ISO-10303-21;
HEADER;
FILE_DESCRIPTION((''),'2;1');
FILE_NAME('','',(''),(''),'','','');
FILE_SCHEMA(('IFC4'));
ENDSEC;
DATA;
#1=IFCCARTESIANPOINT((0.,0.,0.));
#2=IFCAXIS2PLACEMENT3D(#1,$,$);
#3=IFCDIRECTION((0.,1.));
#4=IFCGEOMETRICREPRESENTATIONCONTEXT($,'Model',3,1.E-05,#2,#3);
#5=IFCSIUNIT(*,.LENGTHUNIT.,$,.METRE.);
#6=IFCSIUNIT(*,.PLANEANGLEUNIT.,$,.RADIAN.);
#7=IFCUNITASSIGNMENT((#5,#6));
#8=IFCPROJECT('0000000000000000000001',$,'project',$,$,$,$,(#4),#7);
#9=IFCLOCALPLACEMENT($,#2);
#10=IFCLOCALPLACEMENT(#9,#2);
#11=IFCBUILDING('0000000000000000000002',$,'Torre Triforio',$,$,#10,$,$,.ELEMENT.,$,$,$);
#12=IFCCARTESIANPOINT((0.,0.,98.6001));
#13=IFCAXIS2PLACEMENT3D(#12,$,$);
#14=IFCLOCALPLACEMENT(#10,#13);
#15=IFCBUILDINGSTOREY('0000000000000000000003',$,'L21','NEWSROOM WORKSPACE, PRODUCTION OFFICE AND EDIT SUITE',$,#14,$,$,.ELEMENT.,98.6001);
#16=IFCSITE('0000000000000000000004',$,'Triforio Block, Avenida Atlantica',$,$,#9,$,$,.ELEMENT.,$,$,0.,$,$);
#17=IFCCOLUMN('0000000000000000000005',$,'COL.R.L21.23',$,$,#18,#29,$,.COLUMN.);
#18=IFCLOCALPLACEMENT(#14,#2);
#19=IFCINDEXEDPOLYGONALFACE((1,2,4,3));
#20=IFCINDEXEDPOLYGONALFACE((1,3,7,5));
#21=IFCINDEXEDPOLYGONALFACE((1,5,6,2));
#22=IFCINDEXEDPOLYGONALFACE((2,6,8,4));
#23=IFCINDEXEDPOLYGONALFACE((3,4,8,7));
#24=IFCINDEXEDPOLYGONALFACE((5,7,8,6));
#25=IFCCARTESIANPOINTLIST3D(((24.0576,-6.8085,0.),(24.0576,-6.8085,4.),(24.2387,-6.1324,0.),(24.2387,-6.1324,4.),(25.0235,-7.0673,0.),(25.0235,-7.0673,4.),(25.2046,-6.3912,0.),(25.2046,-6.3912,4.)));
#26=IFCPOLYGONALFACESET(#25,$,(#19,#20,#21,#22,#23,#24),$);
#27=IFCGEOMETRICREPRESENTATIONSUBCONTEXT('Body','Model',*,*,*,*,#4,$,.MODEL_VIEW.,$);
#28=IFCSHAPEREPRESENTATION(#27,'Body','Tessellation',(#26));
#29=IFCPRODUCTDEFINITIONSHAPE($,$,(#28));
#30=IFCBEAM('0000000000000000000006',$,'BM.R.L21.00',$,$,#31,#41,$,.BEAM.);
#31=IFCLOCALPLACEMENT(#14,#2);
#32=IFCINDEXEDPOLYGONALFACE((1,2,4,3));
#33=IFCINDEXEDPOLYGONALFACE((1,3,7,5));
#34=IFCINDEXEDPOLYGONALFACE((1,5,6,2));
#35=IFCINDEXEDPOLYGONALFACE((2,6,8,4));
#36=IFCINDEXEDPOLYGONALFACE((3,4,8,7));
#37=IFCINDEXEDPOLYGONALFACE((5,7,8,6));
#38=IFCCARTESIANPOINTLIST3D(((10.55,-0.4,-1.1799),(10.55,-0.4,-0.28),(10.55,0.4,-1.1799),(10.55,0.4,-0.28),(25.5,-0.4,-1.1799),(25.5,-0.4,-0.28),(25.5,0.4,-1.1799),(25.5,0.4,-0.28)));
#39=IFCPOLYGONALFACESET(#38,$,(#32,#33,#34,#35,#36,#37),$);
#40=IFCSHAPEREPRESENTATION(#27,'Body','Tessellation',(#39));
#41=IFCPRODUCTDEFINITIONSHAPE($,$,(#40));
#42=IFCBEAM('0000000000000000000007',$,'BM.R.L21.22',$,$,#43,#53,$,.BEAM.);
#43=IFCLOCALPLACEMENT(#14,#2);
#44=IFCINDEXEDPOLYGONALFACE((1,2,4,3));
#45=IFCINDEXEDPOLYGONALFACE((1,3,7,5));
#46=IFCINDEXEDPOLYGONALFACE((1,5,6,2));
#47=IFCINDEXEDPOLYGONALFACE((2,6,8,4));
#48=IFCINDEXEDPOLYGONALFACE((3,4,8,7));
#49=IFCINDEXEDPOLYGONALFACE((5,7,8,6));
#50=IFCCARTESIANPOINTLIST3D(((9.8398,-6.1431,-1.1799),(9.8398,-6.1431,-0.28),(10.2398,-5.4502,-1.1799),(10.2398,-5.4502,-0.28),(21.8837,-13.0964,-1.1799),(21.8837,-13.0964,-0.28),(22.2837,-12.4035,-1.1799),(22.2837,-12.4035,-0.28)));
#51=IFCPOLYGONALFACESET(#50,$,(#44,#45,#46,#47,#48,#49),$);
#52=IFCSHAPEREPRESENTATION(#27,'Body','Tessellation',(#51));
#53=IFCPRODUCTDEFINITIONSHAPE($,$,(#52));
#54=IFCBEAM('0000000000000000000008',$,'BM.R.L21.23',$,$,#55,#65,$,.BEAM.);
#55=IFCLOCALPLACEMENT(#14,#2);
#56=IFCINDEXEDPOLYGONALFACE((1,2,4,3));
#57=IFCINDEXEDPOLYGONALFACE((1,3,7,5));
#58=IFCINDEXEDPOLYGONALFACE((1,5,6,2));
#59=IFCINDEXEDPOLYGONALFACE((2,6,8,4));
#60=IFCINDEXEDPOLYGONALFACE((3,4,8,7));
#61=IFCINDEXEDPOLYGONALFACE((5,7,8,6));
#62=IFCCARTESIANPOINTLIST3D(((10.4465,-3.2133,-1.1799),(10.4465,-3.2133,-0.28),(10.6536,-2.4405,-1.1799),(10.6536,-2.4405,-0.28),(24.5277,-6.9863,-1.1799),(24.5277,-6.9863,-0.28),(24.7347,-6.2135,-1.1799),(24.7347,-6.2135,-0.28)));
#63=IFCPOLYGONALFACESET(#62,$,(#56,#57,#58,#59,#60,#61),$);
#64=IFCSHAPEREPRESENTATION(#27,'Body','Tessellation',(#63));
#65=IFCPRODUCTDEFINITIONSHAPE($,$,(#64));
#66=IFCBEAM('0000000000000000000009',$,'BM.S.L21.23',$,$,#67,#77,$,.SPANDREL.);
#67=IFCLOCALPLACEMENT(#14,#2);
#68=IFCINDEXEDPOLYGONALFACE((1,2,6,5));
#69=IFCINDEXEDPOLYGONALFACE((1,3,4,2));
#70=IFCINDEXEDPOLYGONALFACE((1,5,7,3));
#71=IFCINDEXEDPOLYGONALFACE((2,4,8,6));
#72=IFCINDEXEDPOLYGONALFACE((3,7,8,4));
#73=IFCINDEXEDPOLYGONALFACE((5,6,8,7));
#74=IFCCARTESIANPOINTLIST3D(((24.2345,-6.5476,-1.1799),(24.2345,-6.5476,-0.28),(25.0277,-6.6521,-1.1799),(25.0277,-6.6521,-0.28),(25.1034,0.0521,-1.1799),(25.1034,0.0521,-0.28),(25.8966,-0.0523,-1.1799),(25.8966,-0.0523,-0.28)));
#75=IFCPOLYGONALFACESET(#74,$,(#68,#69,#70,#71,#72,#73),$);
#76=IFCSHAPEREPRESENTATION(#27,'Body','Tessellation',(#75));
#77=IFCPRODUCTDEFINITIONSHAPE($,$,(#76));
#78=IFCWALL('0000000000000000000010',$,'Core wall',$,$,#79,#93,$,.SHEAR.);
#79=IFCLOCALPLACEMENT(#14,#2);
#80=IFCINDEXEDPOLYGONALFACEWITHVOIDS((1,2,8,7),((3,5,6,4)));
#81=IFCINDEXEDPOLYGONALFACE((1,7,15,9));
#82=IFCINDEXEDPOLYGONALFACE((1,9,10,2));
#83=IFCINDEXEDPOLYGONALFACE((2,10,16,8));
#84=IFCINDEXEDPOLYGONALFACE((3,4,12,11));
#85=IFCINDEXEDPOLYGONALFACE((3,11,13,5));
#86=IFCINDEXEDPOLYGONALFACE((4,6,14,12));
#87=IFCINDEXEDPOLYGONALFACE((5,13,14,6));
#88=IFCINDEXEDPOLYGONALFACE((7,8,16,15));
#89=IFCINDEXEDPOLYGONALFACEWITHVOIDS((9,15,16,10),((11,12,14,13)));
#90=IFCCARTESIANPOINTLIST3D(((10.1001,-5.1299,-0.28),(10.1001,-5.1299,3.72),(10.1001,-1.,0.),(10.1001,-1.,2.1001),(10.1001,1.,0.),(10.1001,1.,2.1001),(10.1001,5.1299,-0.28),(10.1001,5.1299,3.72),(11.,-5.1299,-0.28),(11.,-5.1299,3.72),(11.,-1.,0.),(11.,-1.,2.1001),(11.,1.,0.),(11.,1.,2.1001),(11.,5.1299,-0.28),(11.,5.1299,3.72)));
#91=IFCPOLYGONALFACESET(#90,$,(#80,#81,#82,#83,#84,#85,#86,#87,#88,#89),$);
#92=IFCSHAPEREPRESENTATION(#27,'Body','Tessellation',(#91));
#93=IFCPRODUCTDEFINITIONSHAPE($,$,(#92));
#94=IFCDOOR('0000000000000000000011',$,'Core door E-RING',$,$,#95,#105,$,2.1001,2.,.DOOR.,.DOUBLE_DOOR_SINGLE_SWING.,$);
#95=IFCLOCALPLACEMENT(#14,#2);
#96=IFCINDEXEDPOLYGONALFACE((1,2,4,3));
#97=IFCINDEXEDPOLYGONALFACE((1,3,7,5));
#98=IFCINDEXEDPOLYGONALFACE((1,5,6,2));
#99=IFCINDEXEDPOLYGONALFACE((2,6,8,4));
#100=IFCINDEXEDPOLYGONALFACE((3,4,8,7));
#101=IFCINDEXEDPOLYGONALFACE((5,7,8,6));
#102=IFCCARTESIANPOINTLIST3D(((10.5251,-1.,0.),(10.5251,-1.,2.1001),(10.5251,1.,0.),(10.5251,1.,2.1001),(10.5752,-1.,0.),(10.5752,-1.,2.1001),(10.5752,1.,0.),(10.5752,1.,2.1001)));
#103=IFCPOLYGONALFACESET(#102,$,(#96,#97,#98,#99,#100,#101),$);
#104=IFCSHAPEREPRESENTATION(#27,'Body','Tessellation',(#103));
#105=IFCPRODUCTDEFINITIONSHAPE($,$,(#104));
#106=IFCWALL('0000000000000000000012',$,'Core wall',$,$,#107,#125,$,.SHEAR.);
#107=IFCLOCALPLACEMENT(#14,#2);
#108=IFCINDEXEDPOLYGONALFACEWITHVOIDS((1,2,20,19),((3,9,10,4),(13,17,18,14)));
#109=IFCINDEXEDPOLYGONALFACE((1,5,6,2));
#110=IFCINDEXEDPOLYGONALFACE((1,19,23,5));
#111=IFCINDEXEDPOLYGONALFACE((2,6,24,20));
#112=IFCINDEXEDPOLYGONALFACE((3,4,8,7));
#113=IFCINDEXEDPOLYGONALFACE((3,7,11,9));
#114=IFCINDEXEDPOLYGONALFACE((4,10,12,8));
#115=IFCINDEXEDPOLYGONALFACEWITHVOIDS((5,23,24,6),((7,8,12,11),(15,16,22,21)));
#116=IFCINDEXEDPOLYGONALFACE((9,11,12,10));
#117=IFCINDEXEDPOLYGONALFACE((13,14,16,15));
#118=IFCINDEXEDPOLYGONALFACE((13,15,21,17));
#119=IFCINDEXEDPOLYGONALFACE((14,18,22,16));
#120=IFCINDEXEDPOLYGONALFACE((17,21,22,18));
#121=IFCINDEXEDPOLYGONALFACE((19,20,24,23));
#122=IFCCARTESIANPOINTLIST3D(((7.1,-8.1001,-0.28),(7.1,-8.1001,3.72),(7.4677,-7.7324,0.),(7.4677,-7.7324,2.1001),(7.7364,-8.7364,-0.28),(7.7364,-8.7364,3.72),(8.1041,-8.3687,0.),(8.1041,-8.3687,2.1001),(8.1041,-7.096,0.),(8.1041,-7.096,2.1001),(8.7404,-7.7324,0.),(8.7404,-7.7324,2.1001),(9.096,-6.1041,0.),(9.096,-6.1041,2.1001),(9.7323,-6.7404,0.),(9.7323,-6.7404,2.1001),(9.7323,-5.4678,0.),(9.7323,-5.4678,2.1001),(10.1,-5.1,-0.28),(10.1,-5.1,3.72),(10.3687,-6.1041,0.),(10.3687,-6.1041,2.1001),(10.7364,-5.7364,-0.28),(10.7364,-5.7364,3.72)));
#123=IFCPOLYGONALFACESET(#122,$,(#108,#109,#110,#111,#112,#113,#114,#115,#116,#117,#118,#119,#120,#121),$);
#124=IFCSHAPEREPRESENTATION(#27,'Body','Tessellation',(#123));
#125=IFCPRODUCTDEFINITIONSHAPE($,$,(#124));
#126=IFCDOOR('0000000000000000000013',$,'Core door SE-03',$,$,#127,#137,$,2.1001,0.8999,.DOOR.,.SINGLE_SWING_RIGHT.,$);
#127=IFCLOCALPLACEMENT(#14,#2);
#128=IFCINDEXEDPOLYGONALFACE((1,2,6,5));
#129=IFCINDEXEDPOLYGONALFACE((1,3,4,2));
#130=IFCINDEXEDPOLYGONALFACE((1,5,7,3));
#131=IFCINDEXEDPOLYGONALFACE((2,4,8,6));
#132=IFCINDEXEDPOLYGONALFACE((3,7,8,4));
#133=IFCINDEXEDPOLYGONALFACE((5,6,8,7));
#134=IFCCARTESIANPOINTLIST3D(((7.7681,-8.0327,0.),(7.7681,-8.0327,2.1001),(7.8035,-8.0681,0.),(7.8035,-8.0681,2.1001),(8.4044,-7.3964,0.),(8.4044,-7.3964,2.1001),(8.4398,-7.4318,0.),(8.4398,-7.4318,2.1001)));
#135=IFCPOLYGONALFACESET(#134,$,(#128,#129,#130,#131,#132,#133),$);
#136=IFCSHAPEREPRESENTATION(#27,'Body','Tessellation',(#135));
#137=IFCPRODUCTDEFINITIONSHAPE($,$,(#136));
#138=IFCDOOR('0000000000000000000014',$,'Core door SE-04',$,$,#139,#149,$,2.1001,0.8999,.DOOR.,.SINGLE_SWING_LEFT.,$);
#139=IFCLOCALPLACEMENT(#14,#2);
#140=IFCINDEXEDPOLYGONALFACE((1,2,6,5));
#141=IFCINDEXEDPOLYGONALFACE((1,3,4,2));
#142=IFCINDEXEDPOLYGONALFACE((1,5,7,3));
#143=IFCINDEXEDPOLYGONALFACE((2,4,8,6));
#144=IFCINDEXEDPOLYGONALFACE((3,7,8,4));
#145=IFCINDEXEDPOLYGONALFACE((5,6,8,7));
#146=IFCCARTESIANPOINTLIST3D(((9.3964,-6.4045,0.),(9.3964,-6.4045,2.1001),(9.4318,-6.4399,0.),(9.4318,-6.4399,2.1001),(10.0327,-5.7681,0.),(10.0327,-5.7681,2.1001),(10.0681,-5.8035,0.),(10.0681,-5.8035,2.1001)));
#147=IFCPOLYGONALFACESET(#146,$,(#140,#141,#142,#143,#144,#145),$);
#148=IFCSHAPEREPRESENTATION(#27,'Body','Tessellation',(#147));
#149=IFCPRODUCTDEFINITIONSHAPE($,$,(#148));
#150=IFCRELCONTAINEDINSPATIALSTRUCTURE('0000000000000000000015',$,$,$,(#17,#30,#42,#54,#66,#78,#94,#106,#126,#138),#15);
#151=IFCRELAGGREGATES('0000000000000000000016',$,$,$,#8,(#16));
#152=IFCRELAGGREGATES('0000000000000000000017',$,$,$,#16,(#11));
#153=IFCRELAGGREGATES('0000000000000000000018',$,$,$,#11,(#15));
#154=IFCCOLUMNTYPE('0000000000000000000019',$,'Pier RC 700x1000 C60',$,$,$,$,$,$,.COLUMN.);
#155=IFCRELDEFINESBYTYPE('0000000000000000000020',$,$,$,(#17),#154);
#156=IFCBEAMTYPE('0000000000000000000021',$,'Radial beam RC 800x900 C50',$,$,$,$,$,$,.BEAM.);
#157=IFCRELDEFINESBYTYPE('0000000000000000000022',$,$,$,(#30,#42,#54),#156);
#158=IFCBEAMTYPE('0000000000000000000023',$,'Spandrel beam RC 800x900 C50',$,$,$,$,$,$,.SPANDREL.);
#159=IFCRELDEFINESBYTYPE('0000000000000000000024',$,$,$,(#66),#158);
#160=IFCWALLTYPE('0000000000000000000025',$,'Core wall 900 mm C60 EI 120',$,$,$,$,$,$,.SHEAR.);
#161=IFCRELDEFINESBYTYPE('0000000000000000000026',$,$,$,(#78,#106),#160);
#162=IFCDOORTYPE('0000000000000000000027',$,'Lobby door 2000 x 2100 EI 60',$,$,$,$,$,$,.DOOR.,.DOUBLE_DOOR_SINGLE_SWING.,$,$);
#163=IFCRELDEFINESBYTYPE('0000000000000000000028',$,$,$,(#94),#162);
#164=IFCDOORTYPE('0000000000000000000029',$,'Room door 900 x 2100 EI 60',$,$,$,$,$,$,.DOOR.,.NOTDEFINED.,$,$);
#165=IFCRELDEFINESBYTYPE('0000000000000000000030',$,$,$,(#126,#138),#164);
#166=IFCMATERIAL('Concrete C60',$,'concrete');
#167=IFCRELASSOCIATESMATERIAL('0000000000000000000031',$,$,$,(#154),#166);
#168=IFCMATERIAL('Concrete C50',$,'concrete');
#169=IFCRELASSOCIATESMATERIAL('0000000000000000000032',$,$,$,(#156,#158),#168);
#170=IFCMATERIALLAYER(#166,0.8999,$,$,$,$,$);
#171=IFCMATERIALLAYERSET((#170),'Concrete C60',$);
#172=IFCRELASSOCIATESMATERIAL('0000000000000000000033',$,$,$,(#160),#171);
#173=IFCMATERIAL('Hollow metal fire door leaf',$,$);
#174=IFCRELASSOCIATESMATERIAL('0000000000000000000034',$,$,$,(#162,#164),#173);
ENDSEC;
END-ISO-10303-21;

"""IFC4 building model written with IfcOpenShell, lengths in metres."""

from ifc_helpers import new_model, si_unit, direction, frame, frame_2d, origin, origin_2d, place, context, subcontext, project, spatial, rectangle, extrude, material, layer, layer_set, material_profile, profile_set, type_object, element, fill, save


model = new_model("IFC4")

# Units and contexts
model_context = context("Model", 3, precision=1e-05, world=origin(), true_north=direction((0.0, 1.0)))
body_context = subcontext(model_context, "Body", "Model", "MODEL_VIEW")
ifc_project = project(units=[si_unit("LENGTHUNIT", "METRE"), si_unit("PLANEANGLEUNIT", "RADIAN")], contexts=[model_context])

# Site, building, storey
site_placement = place(None, origin())
site = spatial("IfcSite", under=ifc_project, at=site_placement, Name="Triforio Block, Avenida Atlantica", CompositionType="ELEMENT", RefElevation=0.0)
building_placement = place(site_placement, origin())
building = spatial("IfcBuilding", under=site, at=building_placement, Name="Torre Triforio", CompositionType="ELEMENT")
storey_placement = place(building_placement, frame((0.0, 0.0, 98.6001)))
storey = spatial("IfcBuildingStorey", under=building, at=storey_placement, Name="L21", Description="NEWSROOM WORKSPACE, PRODUCTION OFFICE AND EDIT SUITE", CompositionType="ELEMENT", Elevation=98.6001)

# Column
ifc_material_1 = material(Name="Concrete C60", Category="concrete")
ifc_material_profile_1 = material_profile(ifc_material_1, rectangle(XDim=0.7, YDim=1.0, at=origin_2d()), Name="RC 700x1000")
ifc_profile_set_1 = profile_set([ifc_material_profile_1], Name="Concrete C60")
column_type = type_object("IfcColumnType", Name="Pier RC 700x1000 C60", PredefinedType="COLUMN", material=ifc_profile_set_1)
column_placement = place(storey_placement, frame((24.6311, -6.5999, 0.0), z_axis=(0.0, 0.0, 1.0), x_axis=(0.258819, 0.965926, 0.0)))
element("IfcColumn", 1, at=column_placement, inside=storey, type_object=column_type, Name="COL.R.L21.23", PredefinedType="COLUMN", context=body_context, shape_type="SweptSolid", body=[
    extrude(rectangle(XDim=0.7, YDim=1.0, at=origin_2d()), origin(), (0.0, 0.0, 1.0), 4.0),
])

# Beams
ifc_material_2 = material(Name="Concrete C50", Category="concrete")
ifc_material_profile_2 = material_profile(ifc_material_2, rectangle(XDim=0.8, YDim=0.8999, at=origin_2d()), Name="RC 800x900")
ifc_profile_set_2 = profile_set([ifc_material_profile_2], Name="Concrete C50")
beam_type_1 = type_object("IfcBeamType", Name="Radial beam RC 800x900 C50", PredefinedType="BEAM", material=ifc_profile_set_2)
beam_1_placement = place(storey_placement, frame((10.55, 0.0, -0.73), z_axis=(1.0, 0.0, 0.0), x_axis=(0.0, 1.0, 0.0)))
element("IfcBeam", 2, at=beam_1_placement, inside=storey, type_object=beam_type_1, Name="BM.R.L21.00", PredefinedType="BEAM", context=body_context, shape_type="SweptSolid", body=[
    extrude(rectangle(XDim=0.8, YDim=0.8999, at=origin_2d()), origin(), (0.0, 0.0, 1.0), 14.95),
])
beam_2_placement = place(storey_placement, frame((10.0398, -5.7966, -0.73), z_axis=(0.866032, -0.499989, 0.0), x_axis=(0.499989, 0.866032, 0.0)))
element("IfcBeam", 3, at=beam_2_placement, inside=storey, type_object=beam_type_1, Name="BM.R.L21.22", PredefinedType="BEAM", context=body_context, shape_type="SweptSolid", body=[
    extrude(rectangle(XDim=0.8, YDim=0.8999, at=origin_2d()), origin(), (0.0, 0.0, 1.0), 13.907),
])
beam_3_placement = place(storey_placement, frame((10.55, -2.8269, -0.73), z_axis=(0.965927, -0.258815, 0.0), x_axis=(0.258815, 0.965927, 0.0)))
element("IfcBeam", 4, at=beam_3_placement, inside=storey, type_object=beam_type_1, Name="BM.R.L21.23", PredefinedType="BEAM", context=body_context, shape_type="SweptSolid", body=[
    extrude(rectangle(XDim=0.8, YDim=0.8999, at=origin_2d()), origin(), (0.0, 0.0, 1.0), 14.5779),
])
ifc_material_profile_3 = material_profile(ifc_material_2, rectangle(XDim=0.8, YDim=0.8999, at=origin_2d()), Name="RC 800x900")
ifc_profile_set_3 = profile_set([ifc_material_profile_3], Name="Concrete C50")
beam_type_2 = type_object("IfcBeamType", Name="Spandrel beam RC 800x900 C50", PredefinedType="SPANDREL", material=ifc_profile_set_3)
beam_4_placement = place(storey_placement, frame((24.6311, -6.5999, -0.73), z_axis=(0.130528, 0.991445, 0.0), x_axis=(-0.991445, 0.130528, 0.0)))
element("IfcBeam", 5, at=beam_4_placement, inside=storey, type_object=beam_type_2, Name="BM.S.L21.23", PredefinedType="SPANDREL", context=body_context, shape_type="SweptSolid", body=[
    extrude(rectangle(XDim=0.8, YDim=0.8999, at=origin_2d()), origin(), (0.0, 0.0, 1.0), 6.6567),
])

# Wall, opening, door
ifc_layer_1 = layer(ifc_material_1, 0.8999)
ifc_layer_set_1 = layer_set([ifc_layer_1], Name="Concrete C60")
wall_type_1 = type_object("IfcWallType", Name="Core wall 900 mm C60 EI 120", PredefinedType="SHEAR", material=ifc_layer_set_1)
wall_1_placement = place(storey_placement, frame((10.55, -5.1299, -0.28), z_axis=(0.0, 0.0, 1.0), x_axis=(0.0, 1.0, 0.0)))
wall_1 = element("IfcWall", 6, at=wall_1_placement, inside=storey, type_object=wall_type_1, Name="Core wall", PredefinedType="SHEAR", context=body_context, shape_type="SweptSolid", body=[
    extrude(rectangle(XDim=10.2598, YDim=0.8999, at=frame_2d((5.1299, 0.0))), origin(), (0.0, 0.0, 1.0), 4.0),
])
opening_1_placement = place(wall_1_placement, frame((4.1299, 0.0, 0.28)))
opening_1 = element("IfcOpeningElement", 7, at=opening_1_placement, cuts=wall_1, PredefinedType="OPENING", context=body_context, shape_type="SweptSolid", body=[
    extrude(rectangle(XDim=2.0, YDim=2.1001, at=frame_2d((1.0, 1.05))), frame((0.0, 0.46, 0.0), z_axis=(0.0, -1.0, 0.0), x_axis=(1.0, 0.0, 0.0)), (0.0, 0.0, 1.0), 0.9199),
])
ifc_material_3 = material(Name="Hollow metal fire door leaf")
door_type_1 = type_object("IfcDoorType", Name="Lobby door 2000 x 2100 EI 60", OperationType="DOUBLE_DOOR_SINGLE_SWING", PredefinedType="DOOR", material=ifc_material_3)
door_1_placement = place(opening_1_placement, origin())
door_1 = element("IfcDoor", 8, at=door_1_placement, inside=storey, type_object=door_type_1, Name="Core door E-RING", OperationType="DOUBLE_DOOR_SINGLE_SWING", OverallHeight=2.1001, OverallWidth=2.0, PredefinedType="DOOR", context=body_context, shape_type="SweptSolid", body=[
    extrude(rectangle(XDim=2.0, YDim=2.1001, at=frame_2d((1.0, 1.05))), frame((0.0, 0.0249, 0.0), z_axis=(0.0, -1.0, 0.0), x_axis=(1.0, 0.0, 0.0)), (0.0, 0.0, 1.0), 0.05),
])
fill(opening_1, door_1)

# Wall, openings, doors
wall_2_placement = place(storey_placement, frame((10.4182, -5.4182, -0.28), z_axis=(0.0, 0.0, 1.0), x_axis=(-0.707107, -0.707107, 0.0)))
wall_2 = element("IfcWall", 9, at=wall_2_placement, inside=storey, type_object=wall_type_1, Name="Core wall", PredefinedType="SHEAR", context=body_context, shape_type="SweptSolid", body=[
    extrude(rectangle(XDim=4.2427, YDim=0.8999, at=frame_2d((2.1213, 0.0))), origin(), (0.0, 0.0, 1.0), 4.0),
])
opening_2_placement = place(wall_2_placement, frame((2.8228, 0.0, 0.28)))
opening_2 = element("IfcOpeningElement", 10, at=opening_2_placement, cuts=wall_2, PredefinedType="OPENING", context=body_context, shape_type="SweptSolid", body=[
    extrude(rectangle(XDim=0.8999, YDim=2.1001, at=frame_2d((0.45, 1.05))), frame((0.0, 0.46, 0.0), z_axis=(0.0, -1.0, 0.0), x_axis=(1.0, 0.0, 0.0)), (0.0, 0.0, 1.0), 0.9199),
])
opening_3_placement = place(wall_2_placement, frame((0.52, 0.0, 0.28)))
opening_3 = element("IfcOpeningElement", 11, at=opening_3_placement, cuts=wall_2, PredefinedType="OPENING", context=body_context, shape_type="SweptSolid", body=[
    extrude(rectangle(XDim=0.8999, YDim=2.1001, at=frame_2d((0.45, 1.05))), frame((0.0, 0.46, 0.0), z_axis=(0.0, -1.0, 0.0), x_axis=(1.0, 0.0, 0.0)), (0.0, 0.0, 1.0), 0.9199),
])
door_type_2 = type_object("IfcDoorType", Name="Room door 900 x 2100 EI 60", OperationType="NOTDEFINED", PredefinedType="DOOR", material=ifc_material_3)
door_2_placement = place(opening_2_placement, origin())
door_2 = element("IfcDoor", 12, at=door_2_placement, inside=storey, type_object=door_type_2, Name="Core door SE-03", OperationType="SINGLE_SWING_RIGHT", OverallHeight=2.1001, OverallWidth=0.8999, PredefinedType="DOOR", context=body_context, shape_type="SweptSolid", body=[
    extrude(rectangle(XDim=0.8999, YDim=2.1001, at=frame_2d((0.45, 1.05))), frame((0.0, 0.0249, 0.0), z_axis=(0.0, -1.0, 0.0), x_axis=(1.0, 0.0, 0.0)), (0.0, 0.0, 1.0), 0.05),
])
fill(opening_2, door_2)
door_3_placement = place(opening_3_placement, origin())
door_3 = element("IfcDoor", 13, at=door_3_placement, inside=storey, type_object=door_type_2, Name="Core door SE-04", OperationType="SINGLE_SWING_LEFT", OverallHeight=2.1001, OverallWidth=0.8999, PredefinedType="DOOR", context=body_context, shape_type="SweptSolid", body=[
    extrude(rectangle(XDim=0.8999, YDim=2.1001, at=frame_2d((0.45, 1.05))), frame((0.0, 0.0249, 0.0), z_axis=(0.0, -1.0, 0.0), x_axis=(1.0, 0.0, 0.0)), (0.0, 0.0, 1.0), 0.05),
])
fill(opening_3, door_3)

save(model, "model.ifc")
